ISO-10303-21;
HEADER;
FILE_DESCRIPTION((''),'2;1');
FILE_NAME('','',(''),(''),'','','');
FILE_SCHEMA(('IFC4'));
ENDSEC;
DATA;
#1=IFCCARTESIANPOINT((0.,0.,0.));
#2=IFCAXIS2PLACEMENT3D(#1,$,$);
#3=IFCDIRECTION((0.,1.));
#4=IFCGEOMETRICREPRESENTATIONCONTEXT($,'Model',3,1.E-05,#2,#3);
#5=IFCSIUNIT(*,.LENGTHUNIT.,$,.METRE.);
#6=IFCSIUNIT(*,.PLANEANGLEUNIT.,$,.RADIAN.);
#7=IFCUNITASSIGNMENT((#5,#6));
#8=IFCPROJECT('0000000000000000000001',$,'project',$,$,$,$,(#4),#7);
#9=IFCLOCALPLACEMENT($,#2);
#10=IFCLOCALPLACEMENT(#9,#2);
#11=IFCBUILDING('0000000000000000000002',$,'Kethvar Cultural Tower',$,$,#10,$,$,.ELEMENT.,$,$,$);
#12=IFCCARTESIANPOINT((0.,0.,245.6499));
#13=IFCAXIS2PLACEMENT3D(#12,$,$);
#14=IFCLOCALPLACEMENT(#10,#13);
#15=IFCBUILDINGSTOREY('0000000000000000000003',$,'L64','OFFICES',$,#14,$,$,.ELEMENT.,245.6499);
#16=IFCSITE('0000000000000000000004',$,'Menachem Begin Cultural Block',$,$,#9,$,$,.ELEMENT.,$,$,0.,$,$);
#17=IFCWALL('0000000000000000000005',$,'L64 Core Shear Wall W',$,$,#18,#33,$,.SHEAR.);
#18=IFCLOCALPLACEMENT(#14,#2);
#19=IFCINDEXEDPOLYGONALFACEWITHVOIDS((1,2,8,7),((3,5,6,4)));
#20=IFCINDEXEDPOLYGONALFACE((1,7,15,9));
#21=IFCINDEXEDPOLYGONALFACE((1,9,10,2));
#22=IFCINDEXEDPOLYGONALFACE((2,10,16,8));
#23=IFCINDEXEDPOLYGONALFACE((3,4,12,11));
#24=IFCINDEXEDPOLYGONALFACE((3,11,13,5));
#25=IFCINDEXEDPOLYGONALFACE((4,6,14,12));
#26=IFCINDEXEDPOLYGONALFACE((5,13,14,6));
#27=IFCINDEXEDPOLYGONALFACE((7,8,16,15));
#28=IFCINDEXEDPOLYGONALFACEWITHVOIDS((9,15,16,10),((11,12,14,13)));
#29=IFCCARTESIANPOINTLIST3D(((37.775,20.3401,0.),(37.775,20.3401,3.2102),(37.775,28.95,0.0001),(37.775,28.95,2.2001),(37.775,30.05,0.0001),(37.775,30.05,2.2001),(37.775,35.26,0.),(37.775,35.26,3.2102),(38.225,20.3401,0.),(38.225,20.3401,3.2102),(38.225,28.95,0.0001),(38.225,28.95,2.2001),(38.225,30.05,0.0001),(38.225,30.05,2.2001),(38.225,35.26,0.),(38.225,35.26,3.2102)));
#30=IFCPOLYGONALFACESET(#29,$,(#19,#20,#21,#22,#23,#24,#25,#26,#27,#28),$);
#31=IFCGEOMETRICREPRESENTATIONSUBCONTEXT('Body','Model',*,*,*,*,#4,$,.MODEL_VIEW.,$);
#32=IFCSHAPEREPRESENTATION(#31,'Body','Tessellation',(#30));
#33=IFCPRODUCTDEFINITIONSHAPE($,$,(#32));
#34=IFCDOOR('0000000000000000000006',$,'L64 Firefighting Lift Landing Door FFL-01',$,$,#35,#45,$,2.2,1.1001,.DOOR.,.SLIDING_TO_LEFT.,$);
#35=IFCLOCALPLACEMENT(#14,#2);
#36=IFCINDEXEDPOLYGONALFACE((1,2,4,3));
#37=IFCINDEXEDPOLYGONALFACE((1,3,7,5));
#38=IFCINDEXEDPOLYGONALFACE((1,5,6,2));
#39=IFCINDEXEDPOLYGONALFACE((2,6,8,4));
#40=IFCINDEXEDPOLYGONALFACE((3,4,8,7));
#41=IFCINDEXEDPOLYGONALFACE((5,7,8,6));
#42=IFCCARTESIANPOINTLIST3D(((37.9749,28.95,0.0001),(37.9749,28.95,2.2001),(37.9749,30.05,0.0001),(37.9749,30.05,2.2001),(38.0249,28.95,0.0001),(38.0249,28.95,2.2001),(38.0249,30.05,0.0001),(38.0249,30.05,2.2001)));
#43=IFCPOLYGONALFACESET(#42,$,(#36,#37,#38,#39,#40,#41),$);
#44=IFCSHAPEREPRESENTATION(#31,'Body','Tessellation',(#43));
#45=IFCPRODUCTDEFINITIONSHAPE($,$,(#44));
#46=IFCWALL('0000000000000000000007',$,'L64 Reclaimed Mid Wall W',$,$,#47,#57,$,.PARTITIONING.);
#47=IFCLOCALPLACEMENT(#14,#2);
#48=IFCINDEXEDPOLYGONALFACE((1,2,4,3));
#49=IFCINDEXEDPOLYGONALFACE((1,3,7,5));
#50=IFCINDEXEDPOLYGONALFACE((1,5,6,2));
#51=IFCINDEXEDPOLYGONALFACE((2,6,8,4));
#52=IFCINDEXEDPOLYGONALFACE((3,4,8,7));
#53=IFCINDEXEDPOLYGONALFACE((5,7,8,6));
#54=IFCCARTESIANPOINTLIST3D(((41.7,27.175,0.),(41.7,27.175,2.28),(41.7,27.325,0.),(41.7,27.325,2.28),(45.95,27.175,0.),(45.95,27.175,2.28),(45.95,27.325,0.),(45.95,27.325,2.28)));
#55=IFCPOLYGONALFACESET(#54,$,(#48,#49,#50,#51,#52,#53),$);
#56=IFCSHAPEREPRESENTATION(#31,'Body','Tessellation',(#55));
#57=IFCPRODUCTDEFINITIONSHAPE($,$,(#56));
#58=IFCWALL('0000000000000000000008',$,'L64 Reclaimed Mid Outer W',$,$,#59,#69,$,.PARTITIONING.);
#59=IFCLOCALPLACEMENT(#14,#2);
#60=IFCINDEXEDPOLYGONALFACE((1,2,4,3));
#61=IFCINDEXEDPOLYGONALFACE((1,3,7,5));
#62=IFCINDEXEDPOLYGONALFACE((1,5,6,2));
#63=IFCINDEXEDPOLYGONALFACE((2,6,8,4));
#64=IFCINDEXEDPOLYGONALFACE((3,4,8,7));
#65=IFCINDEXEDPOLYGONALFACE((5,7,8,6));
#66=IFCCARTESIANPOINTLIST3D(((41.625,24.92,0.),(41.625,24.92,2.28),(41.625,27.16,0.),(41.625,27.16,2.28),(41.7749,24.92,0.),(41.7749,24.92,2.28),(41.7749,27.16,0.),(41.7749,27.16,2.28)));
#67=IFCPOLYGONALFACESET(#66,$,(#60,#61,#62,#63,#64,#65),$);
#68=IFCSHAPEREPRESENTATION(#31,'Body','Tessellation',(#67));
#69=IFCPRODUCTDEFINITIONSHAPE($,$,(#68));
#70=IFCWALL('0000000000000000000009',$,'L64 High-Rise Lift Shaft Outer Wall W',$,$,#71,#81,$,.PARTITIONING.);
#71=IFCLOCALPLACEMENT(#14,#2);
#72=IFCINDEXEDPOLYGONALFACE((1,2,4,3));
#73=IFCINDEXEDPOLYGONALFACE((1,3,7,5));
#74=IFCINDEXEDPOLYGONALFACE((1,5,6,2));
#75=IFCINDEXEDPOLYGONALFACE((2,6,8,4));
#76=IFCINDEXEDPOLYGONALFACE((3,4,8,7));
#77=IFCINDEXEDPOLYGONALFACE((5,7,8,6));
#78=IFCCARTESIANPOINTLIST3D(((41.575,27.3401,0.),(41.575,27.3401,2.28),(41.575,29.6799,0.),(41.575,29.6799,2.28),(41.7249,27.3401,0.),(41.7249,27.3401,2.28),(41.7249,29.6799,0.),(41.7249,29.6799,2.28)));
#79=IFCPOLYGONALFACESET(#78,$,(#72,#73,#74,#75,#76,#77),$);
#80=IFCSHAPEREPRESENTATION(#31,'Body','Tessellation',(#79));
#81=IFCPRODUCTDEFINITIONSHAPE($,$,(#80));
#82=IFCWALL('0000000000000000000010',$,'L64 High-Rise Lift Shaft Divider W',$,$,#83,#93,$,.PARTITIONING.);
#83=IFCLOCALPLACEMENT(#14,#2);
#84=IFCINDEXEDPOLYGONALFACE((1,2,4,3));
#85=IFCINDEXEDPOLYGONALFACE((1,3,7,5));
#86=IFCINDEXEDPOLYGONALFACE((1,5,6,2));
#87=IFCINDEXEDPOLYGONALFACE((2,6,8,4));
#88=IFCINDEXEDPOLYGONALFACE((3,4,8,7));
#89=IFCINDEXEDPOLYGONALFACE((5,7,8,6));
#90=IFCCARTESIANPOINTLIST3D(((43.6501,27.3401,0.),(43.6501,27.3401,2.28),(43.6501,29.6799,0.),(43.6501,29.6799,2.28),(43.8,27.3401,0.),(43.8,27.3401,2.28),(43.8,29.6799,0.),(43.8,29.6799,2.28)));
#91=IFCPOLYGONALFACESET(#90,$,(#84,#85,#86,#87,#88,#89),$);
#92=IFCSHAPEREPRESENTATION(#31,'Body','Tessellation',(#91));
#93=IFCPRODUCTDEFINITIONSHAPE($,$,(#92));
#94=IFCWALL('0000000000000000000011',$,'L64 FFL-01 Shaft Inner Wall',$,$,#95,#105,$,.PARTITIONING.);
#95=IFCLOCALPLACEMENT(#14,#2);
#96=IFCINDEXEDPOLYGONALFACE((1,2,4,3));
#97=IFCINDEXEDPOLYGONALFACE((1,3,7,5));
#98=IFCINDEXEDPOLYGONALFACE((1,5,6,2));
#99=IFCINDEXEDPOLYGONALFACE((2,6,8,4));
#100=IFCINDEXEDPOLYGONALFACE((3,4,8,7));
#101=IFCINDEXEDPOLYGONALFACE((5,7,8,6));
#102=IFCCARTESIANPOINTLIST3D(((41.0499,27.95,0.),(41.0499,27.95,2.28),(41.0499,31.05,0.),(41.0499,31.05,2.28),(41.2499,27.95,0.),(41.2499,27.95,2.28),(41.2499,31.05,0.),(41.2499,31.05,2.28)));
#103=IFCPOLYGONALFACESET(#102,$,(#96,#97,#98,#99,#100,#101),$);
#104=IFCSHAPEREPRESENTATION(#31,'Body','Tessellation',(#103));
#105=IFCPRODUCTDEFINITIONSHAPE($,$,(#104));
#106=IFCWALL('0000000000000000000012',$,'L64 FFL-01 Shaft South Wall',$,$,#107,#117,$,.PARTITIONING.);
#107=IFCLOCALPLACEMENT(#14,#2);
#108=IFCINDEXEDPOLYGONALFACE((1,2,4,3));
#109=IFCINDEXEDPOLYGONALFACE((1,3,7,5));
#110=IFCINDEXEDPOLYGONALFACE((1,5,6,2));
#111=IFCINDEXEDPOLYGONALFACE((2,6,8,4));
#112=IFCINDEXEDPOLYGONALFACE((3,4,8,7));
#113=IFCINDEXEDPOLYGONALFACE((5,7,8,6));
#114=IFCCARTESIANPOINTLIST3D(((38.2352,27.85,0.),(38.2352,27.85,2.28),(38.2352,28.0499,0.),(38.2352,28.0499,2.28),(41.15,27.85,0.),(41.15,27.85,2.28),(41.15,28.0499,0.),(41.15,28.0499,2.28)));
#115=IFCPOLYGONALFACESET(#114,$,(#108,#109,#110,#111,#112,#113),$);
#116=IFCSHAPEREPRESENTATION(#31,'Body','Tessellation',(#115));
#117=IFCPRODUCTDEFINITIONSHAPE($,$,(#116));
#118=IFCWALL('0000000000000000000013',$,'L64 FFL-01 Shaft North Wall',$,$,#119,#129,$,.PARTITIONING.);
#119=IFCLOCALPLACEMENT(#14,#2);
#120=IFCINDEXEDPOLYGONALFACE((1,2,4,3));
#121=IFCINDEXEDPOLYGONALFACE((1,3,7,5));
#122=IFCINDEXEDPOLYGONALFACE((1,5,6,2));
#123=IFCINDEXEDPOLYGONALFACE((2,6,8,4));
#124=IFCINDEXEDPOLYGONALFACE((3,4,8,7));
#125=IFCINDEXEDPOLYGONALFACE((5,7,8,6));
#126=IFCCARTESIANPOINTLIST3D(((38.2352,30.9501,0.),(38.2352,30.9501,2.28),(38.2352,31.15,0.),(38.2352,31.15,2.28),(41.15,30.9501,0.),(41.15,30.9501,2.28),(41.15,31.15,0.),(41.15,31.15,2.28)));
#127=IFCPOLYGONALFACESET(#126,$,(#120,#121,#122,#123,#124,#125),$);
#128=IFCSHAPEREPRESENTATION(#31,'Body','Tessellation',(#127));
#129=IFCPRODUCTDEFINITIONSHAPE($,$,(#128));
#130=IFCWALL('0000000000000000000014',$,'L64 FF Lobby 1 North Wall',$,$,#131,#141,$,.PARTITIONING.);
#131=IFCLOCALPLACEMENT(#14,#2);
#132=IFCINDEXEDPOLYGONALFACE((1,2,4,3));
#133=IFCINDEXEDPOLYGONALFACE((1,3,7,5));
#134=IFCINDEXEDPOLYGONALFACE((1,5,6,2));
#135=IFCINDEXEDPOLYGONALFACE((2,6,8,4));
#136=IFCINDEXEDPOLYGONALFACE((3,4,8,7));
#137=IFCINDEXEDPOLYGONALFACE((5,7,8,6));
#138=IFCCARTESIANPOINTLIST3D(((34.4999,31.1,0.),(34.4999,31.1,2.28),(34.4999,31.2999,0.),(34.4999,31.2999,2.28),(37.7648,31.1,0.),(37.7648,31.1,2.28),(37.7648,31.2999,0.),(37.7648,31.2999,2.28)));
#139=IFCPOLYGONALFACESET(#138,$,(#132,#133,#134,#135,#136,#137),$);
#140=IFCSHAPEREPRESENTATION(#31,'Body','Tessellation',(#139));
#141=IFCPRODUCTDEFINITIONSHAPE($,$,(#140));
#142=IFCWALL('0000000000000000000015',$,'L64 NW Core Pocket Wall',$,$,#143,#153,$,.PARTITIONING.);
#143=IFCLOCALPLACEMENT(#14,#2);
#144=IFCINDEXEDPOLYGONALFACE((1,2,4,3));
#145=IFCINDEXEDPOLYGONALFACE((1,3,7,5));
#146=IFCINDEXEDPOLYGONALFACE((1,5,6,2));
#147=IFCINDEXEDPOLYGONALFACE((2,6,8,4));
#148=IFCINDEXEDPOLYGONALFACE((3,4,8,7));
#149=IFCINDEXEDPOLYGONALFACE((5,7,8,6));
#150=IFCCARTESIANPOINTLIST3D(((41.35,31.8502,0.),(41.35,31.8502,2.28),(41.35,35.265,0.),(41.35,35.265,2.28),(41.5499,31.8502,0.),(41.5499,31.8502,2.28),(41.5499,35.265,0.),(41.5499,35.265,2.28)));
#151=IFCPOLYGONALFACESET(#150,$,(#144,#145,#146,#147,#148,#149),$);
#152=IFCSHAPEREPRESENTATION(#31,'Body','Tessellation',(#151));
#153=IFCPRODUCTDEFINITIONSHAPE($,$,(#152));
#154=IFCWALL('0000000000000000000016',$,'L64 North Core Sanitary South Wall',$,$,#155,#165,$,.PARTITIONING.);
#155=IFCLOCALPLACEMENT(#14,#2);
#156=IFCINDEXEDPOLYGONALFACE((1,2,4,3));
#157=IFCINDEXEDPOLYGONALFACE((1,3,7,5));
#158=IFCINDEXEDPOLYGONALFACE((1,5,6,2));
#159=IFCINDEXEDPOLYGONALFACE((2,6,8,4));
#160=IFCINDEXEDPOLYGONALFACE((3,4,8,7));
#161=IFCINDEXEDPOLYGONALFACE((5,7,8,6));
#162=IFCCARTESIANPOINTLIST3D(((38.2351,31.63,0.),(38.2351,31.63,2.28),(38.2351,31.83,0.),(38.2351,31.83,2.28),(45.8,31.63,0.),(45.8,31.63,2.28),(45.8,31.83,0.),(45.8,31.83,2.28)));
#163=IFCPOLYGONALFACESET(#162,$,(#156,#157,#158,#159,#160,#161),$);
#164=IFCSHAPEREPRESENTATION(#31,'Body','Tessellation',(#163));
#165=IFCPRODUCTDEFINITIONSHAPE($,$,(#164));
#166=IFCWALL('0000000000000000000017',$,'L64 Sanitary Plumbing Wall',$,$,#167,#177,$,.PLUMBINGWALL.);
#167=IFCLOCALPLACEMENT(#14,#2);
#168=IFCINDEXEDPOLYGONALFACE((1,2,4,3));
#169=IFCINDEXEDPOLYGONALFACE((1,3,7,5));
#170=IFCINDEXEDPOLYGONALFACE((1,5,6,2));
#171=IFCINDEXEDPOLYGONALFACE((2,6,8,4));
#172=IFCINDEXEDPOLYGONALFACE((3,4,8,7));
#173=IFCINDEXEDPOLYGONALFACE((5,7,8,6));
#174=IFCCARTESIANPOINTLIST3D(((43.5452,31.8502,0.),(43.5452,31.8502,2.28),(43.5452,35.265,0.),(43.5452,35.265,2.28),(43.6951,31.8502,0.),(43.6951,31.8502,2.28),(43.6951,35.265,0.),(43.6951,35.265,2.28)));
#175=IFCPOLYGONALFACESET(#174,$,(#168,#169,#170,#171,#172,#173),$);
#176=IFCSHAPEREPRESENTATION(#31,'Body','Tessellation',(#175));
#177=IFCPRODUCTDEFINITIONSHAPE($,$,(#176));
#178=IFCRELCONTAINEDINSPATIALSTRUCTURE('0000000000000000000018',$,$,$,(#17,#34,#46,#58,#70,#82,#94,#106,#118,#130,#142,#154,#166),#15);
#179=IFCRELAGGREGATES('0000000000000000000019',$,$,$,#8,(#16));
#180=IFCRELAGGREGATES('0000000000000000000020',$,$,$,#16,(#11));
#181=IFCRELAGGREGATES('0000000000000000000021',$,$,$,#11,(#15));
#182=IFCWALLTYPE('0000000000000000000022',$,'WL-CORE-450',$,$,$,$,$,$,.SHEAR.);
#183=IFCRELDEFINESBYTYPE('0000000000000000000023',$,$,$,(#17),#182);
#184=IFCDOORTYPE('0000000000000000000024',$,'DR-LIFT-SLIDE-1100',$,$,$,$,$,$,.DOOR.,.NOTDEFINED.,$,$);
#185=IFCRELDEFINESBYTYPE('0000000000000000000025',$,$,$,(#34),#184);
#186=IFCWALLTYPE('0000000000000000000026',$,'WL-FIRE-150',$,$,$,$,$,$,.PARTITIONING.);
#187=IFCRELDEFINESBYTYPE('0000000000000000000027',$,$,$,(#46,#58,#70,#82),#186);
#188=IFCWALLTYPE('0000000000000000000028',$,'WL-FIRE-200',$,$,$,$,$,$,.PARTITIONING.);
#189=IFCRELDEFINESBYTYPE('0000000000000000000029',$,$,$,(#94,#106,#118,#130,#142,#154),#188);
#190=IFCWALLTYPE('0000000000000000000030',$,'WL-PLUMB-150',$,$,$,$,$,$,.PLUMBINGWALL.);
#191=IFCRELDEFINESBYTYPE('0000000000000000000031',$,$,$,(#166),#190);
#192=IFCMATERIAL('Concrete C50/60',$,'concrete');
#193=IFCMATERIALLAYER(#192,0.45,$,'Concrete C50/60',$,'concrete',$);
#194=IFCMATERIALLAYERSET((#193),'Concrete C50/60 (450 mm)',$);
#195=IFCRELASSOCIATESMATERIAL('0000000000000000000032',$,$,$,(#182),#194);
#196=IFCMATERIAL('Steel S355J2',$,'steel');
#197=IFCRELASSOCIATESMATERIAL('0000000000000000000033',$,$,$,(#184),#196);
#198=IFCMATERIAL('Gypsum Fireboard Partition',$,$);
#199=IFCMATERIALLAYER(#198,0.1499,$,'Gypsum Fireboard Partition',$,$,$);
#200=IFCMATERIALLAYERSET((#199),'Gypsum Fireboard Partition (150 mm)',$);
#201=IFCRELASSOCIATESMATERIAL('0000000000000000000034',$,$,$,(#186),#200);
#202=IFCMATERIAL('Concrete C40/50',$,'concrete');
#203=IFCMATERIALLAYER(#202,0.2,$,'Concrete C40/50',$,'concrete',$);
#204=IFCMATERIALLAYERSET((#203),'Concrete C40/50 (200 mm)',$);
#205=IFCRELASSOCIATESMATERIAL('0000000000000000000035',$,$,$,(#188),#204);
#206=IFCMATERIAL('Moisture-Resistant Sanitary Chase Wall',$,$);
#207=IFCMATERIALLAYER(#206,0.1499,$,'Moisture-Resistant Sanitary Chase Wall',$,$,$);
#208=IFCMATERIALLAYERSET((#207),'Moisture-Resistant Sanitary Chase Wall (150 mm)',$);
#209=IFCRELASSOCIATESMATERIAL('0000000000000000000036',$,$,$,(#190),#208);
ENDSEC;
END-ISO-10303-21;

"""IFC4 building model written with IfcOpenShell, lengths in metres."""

from ifc_helpers import new_model, si_unit, direction, frame, frame_2d, origin, place, context, subcontext, project, spatial, rectangle, extrude, source, transform, mapped, material, layer, layer_set, type_object, element, fill, save


model = new_model("IFC4")

# Units and contexts
model_context = context("Model", 3, precision=1e-05, world=origin(), true_north=direction((0.0, 1.0)))
body_context = subcontext(model_context, "Body", "Model", "MODEL_VIEW")
ifc_project = project(units=[si_unit("LENGTHUNIT", "METRE"), si_unit("PLANEANGLEUNIT", "RADIAN")], contexts=[model_context])

# Site, building, storey
site_placement = place(None, origin())
site = spatial("IfcSite", under=ifc_project, at=site_placement, Name="Menachem Begin Cultural Block", CompositionType="ELEMENT", RefElevation=0.0)
building_placement = place(site_placement, origin())
building = spatial("IfcBuilding", under=site, at=building_placement, Name="Kethvar Cultural Tower", CompositionType="ELEMENT")
storey_placement = place(building_placement, frame((0.0, 0.0, 245.6499)))
storey = spatial("IfcBuildingStorey", under=building, at=storey_placement, Name="L64", Description="OFFICES", CompositionType="ELEMENT", Elevation=245.6499)

# Shared definitions
ifc_material_1 = material(Name="Steel S355J2", Category="steel")

# Wall, opening, door
ifc_material_2 = material(Name="Concrete C50/60", Category="concrete")
ifc_layer_1 = layer(ifc_material_2, 0.45, Name="Concrete C50/60", Category="concrete")
ifc_layer_set_1 = layer_set([ifc_layer_1], Name="Concrete C50/60 (450 mm)")
wall_type_1 = type_object("IfcWallType", Name="WL-CORE-450", PredefinedType="SHEAR", material=ifc_layer_set_1)
wall_1_placement = place(storey_placement, frame((38.0, 35.26, 0.0), z_axis=(0.0, 0.0, 1.0), x_axis=(0.0, -1.0, 0.0)))
wall_1 = element("IfcWall", 1, at=wall_1_placement, inside=storey, type_object=wall_type_1, Name="L64 Core Shear Wall W", PredefinedType="SHEAR", context=body_context, shape_type="SweptSolid", body=[
    extrude(rectangle(XDim=14.9199, YDim=0.45, at=frame_2d((7.46, 0.0))), origin(), (0.0, 0.0, 1.0), 3.2102),
])
opening_1_placement = place(wall_1_placement, frame((5.21, 0.0, 0.0)))
opening_1 = element("IfcOpeningElement", 2, at=opening_1_placement, cuts=wall_1, PredefinedType="OPENING", context=body_context, shape_type="SweptSolid", body=[
    extrude(rectangle(XDim=1.1001, YDim=2.2, at=frame_2d((0.55, 1.1001))), frame((0.0, 0.2349, 0.0), z_axis=(0.0, -1.0, 0.0), x_axis=(1.0, 0.0, 0.0)), (0.0, 0.0, 1.0), 0.47),
])
door_type_1 = type_object("IfcDoorType", Name="DR-LIFT-SLIDE-1100", OperationType="NOTDEFINED", PredefinedType="DOOR", material=ifc_material_1)
shared_shape_1 = source(origin(), body_context, "Body", "SweptSolid", [
    extrude(rectangle(XDim=1.1001, YDim=2.2, at=frame_2d((0.55, 1.1001))), frame((0.0, 0.0249, 0.0), z_axis=(0.0, -1.0, 0.0), x_axis=(1.0, 0.0, 0.0)), (0.0, 0.0, 1.0), 0.05),
])
door_1_placement = place(opening_1_placement, origin())
door_1 = element("IfcDoor", 3, at=door_1_placement, inside=storey, type_object=door_type_1, Name="L64 Firefighting Lift Landing Door FFL-01", OperationType="SLIDING_TO_LEFT", OverallHeight=2.2, OverallWidth=1.1001, PredefinedType="DOOR", context=body_context, shape_type="MappedRepresentation", body=[
    mapped(shared_shape_1, transform((0.0, 0.0, 0.0), scale=1.0)),
])
fill(opening_1, door_1)

# Walls
ifc_material_3 = material(Name="Gypsum Fireboard Partition")
ifc_layer_2 = layer(ifc_material_3, 0.1499, Name="Gypsum Fireboard Partition")
ifc_layer_set_2 = layer_set([ifc_layer_2], Name="Gypsum Fireboard Partition (150 mm)")
wall_type_2 = type_object("IfcWallType", Name="WL-FIRE-150", PredefinedType="PARTITIONING", material=ifc_layer_set_2)
wall_2_placement = place(storey_placement, frame((41.7, 27.25, 0.0), z_axis=(0.0, 0.0, 1.0), x_axis=(1.0, 0.0, 0.0)))
element("IfcWall", 4, at=wall_2_placement, inside=storey, type_object=wall_type_2, Name="L64 Reclaimed Mid Wall W", PredefinedType="PARTITIONING", context=body_context, shape_type="SweptSolid", body=[
    extrude(rectangle(XDim=4.25, YDim=0.1499, at=frame_2d((2.125, 0.0))), origin(), (0.0, 0.0, 1.0), 2.28),
])
wall_3_placement = place(storey_placement, frame((41.7, 24.9199, 0.0), z_axis=(0.0, 0.0, 1.0), x_axis=(0.0, 1.0, 0.0)))
element("IfcWall", 5, at=wall_3_placement, inside=storey, type_object=wall_type_2, Name="L64 Reclaimed Mid Outer W", PredefinedType="PARTITIONING", context=body_context, shape_type="SweptSolid", body=[
    extrude(rectangle(XDim=2.24, YDim=0.1499, at=frame_2d((1.1201, 0.0))), origin(), (0.0, 0.0, 1.0), 2.28),
])
for number, where, z_axis, x_axis, name in (
    (6, (41.6499, 27.3401, 0.0), (0.0, 0.0, 1.0), (0.0, 1.0, 0.0), "L64 High-Rise Lift Shaft Outer Wall W"),
    (7, (43.7251, 27.3401, 0.0), (0.0, 0.0, 1.0), (0.0, 1.0, 0.0), "L64 High-Rise Lift Shaft Divider W"),
):
    element("IfcWall", number, at=place(storey_placement, frame(where, z_axis=z_axis, x_axis=x_axis)), inside=storey, type_object=wall_type_2, Name=name, PredefinedType="PARTITIONING", context=body_context, shape_type="SweptSolid", body=[
        extrude(rectangle(XDim=2.3398, YDim=0.1499, at=frame_2d((1.1699, 0.0))), origin(), (0.0, 0.0, 1.0), 2.28),
    ])
ifc_material_4 = material(Name="Concrete C40/50", Category="concrete")
ifc_layer_3 = layer(ifc_material_4, 0.2, Name="Concrete C40/50", Category="concrete")
ifc_layer_set_3 = layer_set([ifc_layer_3], Name="Concrete C40/50 (200 mm)")
wall_type_3 = type_object("IfcWallType", Name="WL-FIRE-200", PredefinedType="PARTITIONING", material=ifc_layer_set_3)
wall_4_placement = place(storey_placement, frame((41.1499, 27.95, 0.0), z_axis=(0.0, 0.0, 1.0), x_axis=(0.0, 1.0, 0.0)))
element("IfcWall", 8, at=wall_4_placement, inside=storey, type_object=wall_type_3, Name="L64 FFL-01 Shaft Inner Wall", PredefinedType="PARTITIONING", context=body_context, shape_type="SweptSolid", body=[
    extrude(rectangle(XDim=3.1001, YDim=0.2, at=frame_2d((1.55, 0.0))), origin(), (0.0, 0.0, 1.0), 2.28),
])
for number, where, z_axis, x_axis, name in (
    (9, (38.2351, 27.95, 0.0), (0.0, 0.0, 1.0), (1.0, 0.0, 0.0), "L64 FFL-01 Shaft South Wall"),
    (10, (38.2351, 31.05, 0.0), (0.0, 0.0, 1.0), (1.0, 0.0, 0.0), "L64 FFL-01 Shaft North Wall"),
):
    element("IfcWall", number, at=place(storey_placement, frame(where, z_axis=z_axis, x_axis=x_axis)), inside=storey, type_object=wall_type_3, Name=name, PredefinedType="PARTITIONING", context=body_context, shape_type="SweptSolid", body=[
        extrude(rectangle(XDim=2.9148, YDim=0.2, at=frame_2d((1.4575, 0.0))), origin(), (0.0, 0.0, 1.0), 2.28),
    ])
wall_5_placement = place(storey_placement, frame((34.5, 31.2, 0.0), z_axis=(0.0, 0.0, 1.0), x_axis=(1.0, 0.0, 0.0)))
element("IfcWall", 11, at=wall_5_placement, inside=storey, type_object=wall_type_3, Name="L64 FF Lobby 1 North Wall", PredefinedType="PARTITIONING", context=body_context, shape_type="SweptSolid", body=[
    extrude(rectangle(XDim=3.2649, YDim=0.2, at=frame_2d((1.6323, 0.0))), origin(), (0.0, 0.0, 1.0), 2.28),
])
wall_6_placement = place(storey_placement, frame((41.45, 31.8501, 0.0), z_axis=(0.0, 0.0, 1.0), x_axis=(0.0, 1.0, 0.0)))
element("IfcWall", 12, at=wall_6_placement, inside=storey, type_object=wall_type_3, Name="L64 NW Core Pocket Wall", PredefinedType="PARTITIONING", context=body_context, shape_type="SweptSolid", body=[
    extrude(rectangle(XDim=3.4148, YDim=0.2, at=frame_2d((1.7075, 0.0))), origin(), (0.0, 0.0, 1.0), 2.28),
])
wall_7_placement = place(storey_placement, frame((38.2351, 31.73, 0.0), z_axis=(0.0, 0.0, 1.0), x_axis=(1.0, 0.0, 0.0)))
element("IfcWall", 13, at=wall_7_placement, inside=storey, type_object=wall_type_3, Name="L64 North Core Sanitary South Wall", PredefinedType="PARTITIONING", context=body_context, shape_type="SweptSolid", body=[
    extrude(rectangle(XDim=7.5649, YDim=0.2, at=frame_2d((3.7825, 0.0))), origin(), (0.0, 0.0, 1.0), 2.28),
])
ifc_material_5 = material(Name="Moisture-Resistant Sanitary Chase Wall")
ifc_layer_4 = layer(ifc_material_5, 0.1499, Name="Moisture-Resistant Sanitary Chase Wall")
ifc_layer_set_4 = layer_set([ifc_layer_4], Name="Moisture-Resistant Sanitary Chase Wall (150 mm)")
wall_type_4 = type_object("IfcWallType", Name="WL-PLUMB-150", PredefinedType="PLUMBINGWALL", material=ifc_layer_set_4)
wall_8_placement = place(storey_placement, frame((43.6201, 31.8501, 0.0), z_axis=(0.0, 0.0, 1.0), x_axis=(0.0, 1.0, 0.0)))
element("IfcWall", 14, at=wall_8_placement, inside=storey, type_object=wall_type_4, Name="L64 Sanitary Plumbing Wall", PredefinedType="PLUMBINGWALL", context=body_context, shape_type="SweptSolid", body=[
    extrude(rectangle(XDim=3.4148, YDim=0.1499, at=frame_2d((1.7075, 0.0))), origin(), (0.0, 0.0, 1.0), 2.28),
])

save(model, "model.ifc")
